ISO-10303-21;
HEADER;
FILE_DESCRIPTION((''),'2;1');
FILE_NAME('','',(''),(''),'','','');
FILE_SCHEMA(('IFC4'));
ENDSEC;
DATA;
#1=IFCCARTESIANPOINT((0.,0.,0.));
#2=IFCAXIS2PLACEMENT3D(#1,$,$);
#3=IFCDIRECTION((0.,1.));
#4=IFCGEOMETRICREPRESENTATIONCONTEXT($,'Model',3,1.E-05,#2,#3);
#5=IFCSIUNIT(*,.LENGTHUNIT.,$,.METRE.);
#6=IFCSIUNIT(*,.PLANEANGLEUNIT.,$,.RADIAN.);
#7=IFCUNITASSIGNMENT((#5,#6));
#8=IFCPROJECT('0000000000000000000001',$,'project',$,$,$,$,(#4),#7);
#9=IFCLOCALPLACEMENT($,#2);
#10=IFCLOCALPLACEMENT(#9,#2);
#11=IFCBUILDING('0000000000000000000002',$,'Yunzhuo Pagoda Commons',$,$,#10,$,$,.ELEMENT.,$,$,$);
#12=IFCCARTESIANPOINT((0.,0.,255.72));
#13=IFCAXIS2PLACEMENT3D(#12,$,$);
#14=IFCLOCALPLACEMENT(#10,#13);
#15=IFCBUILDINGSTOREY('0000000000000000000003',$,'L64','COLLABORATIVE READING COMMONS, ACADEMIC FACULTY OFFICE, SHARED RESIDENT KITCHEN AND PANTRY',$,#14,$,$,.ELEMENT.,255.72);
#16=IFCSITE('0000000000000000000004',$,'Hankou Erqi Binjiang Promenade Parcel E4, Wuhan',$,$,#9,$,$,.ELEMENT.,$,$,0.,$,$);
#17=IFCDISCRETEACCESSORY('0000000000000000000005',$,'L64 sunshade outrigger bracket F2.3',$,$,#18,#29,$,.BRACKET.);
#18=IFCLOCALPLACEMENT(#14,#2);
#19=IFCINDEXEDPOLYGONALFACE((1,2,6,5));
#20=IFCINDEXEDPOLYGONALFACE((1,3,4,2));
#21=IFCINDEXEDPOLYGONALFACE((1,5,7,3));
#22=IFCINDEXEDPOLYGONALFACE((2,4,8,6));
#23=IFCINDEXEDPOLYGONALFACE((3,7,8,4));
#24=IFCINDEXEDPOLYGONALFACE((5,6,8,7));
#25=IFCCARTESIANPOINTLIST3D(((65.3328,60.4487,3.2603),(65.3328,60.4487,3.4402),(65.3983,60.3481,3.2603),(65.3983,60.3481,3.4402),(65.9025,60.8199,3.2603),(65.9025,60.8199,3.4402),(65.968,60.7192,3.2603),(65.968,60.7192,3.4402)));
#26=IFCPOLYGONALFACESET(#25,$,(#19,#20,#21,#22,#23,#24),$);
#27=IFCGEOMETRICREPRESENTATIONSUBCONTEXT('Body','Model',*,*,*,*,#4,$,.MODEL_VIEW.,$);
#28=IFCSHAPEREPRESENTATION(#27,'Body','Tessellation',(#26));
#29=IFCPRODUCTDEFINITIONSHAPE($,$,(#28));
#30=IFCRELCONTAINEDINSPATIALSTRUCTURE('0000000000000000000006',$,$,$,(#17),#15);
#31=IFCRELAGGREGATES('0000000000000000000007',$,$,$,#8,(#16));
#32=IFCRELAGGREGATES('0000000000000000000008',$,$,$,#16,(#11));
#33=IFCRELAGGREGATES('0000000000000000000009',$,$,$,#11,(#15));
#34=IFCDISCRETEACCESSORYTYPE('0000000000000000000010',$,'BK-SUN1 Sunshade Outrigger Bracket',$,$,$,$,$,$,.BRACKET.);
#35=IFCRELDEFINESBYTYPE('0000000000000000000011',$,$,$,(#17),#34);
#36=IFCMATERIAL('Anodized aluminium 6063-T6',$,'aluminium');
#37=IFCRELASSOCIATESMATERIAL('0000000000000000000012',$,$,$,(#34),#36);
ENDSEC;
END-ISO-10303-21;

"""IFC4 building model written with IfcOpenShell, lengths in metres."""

from ifc_helpers import new_model, si_unit, direction, frame, origin, origin_2d, place, context, subcontext, project, spatial, rectangle, extrude, source, transform, mapped, material, type_object, element, save


model = new_model("IFC4")

# Units and contexts
model_context = context("Model", 3, precision=1e-05, world=origin(), true_north=direction((0.0, 1.0)))
body_context = subcontext(model_context, "Body", "Model", "MODEL_VIEW")
ifc_project = project(units=[si_unit("LENGTHUNIT", "METRE"), si_unit("PLANEANGLEUNIT", "RADIAN")], contexts=[model_context])

# Site, building, storey
site_placement = place(None, origin())
site = spatial("IfcSite", under=ifc_project, at=site_placement, Name="Hankou Erqi Binjiang Promenade Parcel E4, Wuhan", CompositionType="ELEMENT", RefElevation=0.0)
building_placement = place(site_placement, origin())
building = spatial("IfcBuilding", under=site, at=building_placement, Name="Yunzhuo Pagoda Commons", CompositionType="ELEMENT")
storey_placement = place(building_placement, frame((0.0, 0.0, 255.72)))
storey = spatial("IfcBuildingStorey", under=building, at=storey_placement, Name="L64", Description="COLLABORATIVE READING COMMONS, ACADEMIC FACULTY OFFICE, SHARED RESIDENT KITCHEN AND PANTRY", CompositionType="ELEMENT", Elevation=255.72)

# Shared definitions
ifc_material_1 = material(Name="Anodized aluminium 6063-T6", Category="aluminium")

# Discrete accessory
discrete_accessory_type = type_object("IfcDiscreteAccessoryType", Name="BK-SUN1 Sunshade Outrigger Bracket", PredefinedType="BRACKET", material=ifc_material_1)
shared_shape_1 = source(origin(), body_context, "Body", "SweptSolid", [
    extrude(rectangle(XDim=0.1201, YDim=0.6799, at=origin_2d()), origin(), (0.0, 0.0, 1.0), 0.1799),
])
discrete_accessory_placement = place(storey_placement, frame((65.6504, 60.584, 3.2603), z_axis=(0.0, 0.0, 1.0), x_axis=(-0.545839, 0.83789, 0.0)))
element("IfcDiscreteAccessory", 1, at=discrete_accessory_placement, inside=storey, type_object=discrete_accessory_type, Name="L64 sunshade outrigger bracket F2.3", PredefinedType="BRACKET", context=body_context, shape_type="MappedRepresentation", body=[
    mapped(shared_shape_1, transform((0.0, 0.0, 0.0), scale=1.0)),
])

save(model, "model.ifc")
